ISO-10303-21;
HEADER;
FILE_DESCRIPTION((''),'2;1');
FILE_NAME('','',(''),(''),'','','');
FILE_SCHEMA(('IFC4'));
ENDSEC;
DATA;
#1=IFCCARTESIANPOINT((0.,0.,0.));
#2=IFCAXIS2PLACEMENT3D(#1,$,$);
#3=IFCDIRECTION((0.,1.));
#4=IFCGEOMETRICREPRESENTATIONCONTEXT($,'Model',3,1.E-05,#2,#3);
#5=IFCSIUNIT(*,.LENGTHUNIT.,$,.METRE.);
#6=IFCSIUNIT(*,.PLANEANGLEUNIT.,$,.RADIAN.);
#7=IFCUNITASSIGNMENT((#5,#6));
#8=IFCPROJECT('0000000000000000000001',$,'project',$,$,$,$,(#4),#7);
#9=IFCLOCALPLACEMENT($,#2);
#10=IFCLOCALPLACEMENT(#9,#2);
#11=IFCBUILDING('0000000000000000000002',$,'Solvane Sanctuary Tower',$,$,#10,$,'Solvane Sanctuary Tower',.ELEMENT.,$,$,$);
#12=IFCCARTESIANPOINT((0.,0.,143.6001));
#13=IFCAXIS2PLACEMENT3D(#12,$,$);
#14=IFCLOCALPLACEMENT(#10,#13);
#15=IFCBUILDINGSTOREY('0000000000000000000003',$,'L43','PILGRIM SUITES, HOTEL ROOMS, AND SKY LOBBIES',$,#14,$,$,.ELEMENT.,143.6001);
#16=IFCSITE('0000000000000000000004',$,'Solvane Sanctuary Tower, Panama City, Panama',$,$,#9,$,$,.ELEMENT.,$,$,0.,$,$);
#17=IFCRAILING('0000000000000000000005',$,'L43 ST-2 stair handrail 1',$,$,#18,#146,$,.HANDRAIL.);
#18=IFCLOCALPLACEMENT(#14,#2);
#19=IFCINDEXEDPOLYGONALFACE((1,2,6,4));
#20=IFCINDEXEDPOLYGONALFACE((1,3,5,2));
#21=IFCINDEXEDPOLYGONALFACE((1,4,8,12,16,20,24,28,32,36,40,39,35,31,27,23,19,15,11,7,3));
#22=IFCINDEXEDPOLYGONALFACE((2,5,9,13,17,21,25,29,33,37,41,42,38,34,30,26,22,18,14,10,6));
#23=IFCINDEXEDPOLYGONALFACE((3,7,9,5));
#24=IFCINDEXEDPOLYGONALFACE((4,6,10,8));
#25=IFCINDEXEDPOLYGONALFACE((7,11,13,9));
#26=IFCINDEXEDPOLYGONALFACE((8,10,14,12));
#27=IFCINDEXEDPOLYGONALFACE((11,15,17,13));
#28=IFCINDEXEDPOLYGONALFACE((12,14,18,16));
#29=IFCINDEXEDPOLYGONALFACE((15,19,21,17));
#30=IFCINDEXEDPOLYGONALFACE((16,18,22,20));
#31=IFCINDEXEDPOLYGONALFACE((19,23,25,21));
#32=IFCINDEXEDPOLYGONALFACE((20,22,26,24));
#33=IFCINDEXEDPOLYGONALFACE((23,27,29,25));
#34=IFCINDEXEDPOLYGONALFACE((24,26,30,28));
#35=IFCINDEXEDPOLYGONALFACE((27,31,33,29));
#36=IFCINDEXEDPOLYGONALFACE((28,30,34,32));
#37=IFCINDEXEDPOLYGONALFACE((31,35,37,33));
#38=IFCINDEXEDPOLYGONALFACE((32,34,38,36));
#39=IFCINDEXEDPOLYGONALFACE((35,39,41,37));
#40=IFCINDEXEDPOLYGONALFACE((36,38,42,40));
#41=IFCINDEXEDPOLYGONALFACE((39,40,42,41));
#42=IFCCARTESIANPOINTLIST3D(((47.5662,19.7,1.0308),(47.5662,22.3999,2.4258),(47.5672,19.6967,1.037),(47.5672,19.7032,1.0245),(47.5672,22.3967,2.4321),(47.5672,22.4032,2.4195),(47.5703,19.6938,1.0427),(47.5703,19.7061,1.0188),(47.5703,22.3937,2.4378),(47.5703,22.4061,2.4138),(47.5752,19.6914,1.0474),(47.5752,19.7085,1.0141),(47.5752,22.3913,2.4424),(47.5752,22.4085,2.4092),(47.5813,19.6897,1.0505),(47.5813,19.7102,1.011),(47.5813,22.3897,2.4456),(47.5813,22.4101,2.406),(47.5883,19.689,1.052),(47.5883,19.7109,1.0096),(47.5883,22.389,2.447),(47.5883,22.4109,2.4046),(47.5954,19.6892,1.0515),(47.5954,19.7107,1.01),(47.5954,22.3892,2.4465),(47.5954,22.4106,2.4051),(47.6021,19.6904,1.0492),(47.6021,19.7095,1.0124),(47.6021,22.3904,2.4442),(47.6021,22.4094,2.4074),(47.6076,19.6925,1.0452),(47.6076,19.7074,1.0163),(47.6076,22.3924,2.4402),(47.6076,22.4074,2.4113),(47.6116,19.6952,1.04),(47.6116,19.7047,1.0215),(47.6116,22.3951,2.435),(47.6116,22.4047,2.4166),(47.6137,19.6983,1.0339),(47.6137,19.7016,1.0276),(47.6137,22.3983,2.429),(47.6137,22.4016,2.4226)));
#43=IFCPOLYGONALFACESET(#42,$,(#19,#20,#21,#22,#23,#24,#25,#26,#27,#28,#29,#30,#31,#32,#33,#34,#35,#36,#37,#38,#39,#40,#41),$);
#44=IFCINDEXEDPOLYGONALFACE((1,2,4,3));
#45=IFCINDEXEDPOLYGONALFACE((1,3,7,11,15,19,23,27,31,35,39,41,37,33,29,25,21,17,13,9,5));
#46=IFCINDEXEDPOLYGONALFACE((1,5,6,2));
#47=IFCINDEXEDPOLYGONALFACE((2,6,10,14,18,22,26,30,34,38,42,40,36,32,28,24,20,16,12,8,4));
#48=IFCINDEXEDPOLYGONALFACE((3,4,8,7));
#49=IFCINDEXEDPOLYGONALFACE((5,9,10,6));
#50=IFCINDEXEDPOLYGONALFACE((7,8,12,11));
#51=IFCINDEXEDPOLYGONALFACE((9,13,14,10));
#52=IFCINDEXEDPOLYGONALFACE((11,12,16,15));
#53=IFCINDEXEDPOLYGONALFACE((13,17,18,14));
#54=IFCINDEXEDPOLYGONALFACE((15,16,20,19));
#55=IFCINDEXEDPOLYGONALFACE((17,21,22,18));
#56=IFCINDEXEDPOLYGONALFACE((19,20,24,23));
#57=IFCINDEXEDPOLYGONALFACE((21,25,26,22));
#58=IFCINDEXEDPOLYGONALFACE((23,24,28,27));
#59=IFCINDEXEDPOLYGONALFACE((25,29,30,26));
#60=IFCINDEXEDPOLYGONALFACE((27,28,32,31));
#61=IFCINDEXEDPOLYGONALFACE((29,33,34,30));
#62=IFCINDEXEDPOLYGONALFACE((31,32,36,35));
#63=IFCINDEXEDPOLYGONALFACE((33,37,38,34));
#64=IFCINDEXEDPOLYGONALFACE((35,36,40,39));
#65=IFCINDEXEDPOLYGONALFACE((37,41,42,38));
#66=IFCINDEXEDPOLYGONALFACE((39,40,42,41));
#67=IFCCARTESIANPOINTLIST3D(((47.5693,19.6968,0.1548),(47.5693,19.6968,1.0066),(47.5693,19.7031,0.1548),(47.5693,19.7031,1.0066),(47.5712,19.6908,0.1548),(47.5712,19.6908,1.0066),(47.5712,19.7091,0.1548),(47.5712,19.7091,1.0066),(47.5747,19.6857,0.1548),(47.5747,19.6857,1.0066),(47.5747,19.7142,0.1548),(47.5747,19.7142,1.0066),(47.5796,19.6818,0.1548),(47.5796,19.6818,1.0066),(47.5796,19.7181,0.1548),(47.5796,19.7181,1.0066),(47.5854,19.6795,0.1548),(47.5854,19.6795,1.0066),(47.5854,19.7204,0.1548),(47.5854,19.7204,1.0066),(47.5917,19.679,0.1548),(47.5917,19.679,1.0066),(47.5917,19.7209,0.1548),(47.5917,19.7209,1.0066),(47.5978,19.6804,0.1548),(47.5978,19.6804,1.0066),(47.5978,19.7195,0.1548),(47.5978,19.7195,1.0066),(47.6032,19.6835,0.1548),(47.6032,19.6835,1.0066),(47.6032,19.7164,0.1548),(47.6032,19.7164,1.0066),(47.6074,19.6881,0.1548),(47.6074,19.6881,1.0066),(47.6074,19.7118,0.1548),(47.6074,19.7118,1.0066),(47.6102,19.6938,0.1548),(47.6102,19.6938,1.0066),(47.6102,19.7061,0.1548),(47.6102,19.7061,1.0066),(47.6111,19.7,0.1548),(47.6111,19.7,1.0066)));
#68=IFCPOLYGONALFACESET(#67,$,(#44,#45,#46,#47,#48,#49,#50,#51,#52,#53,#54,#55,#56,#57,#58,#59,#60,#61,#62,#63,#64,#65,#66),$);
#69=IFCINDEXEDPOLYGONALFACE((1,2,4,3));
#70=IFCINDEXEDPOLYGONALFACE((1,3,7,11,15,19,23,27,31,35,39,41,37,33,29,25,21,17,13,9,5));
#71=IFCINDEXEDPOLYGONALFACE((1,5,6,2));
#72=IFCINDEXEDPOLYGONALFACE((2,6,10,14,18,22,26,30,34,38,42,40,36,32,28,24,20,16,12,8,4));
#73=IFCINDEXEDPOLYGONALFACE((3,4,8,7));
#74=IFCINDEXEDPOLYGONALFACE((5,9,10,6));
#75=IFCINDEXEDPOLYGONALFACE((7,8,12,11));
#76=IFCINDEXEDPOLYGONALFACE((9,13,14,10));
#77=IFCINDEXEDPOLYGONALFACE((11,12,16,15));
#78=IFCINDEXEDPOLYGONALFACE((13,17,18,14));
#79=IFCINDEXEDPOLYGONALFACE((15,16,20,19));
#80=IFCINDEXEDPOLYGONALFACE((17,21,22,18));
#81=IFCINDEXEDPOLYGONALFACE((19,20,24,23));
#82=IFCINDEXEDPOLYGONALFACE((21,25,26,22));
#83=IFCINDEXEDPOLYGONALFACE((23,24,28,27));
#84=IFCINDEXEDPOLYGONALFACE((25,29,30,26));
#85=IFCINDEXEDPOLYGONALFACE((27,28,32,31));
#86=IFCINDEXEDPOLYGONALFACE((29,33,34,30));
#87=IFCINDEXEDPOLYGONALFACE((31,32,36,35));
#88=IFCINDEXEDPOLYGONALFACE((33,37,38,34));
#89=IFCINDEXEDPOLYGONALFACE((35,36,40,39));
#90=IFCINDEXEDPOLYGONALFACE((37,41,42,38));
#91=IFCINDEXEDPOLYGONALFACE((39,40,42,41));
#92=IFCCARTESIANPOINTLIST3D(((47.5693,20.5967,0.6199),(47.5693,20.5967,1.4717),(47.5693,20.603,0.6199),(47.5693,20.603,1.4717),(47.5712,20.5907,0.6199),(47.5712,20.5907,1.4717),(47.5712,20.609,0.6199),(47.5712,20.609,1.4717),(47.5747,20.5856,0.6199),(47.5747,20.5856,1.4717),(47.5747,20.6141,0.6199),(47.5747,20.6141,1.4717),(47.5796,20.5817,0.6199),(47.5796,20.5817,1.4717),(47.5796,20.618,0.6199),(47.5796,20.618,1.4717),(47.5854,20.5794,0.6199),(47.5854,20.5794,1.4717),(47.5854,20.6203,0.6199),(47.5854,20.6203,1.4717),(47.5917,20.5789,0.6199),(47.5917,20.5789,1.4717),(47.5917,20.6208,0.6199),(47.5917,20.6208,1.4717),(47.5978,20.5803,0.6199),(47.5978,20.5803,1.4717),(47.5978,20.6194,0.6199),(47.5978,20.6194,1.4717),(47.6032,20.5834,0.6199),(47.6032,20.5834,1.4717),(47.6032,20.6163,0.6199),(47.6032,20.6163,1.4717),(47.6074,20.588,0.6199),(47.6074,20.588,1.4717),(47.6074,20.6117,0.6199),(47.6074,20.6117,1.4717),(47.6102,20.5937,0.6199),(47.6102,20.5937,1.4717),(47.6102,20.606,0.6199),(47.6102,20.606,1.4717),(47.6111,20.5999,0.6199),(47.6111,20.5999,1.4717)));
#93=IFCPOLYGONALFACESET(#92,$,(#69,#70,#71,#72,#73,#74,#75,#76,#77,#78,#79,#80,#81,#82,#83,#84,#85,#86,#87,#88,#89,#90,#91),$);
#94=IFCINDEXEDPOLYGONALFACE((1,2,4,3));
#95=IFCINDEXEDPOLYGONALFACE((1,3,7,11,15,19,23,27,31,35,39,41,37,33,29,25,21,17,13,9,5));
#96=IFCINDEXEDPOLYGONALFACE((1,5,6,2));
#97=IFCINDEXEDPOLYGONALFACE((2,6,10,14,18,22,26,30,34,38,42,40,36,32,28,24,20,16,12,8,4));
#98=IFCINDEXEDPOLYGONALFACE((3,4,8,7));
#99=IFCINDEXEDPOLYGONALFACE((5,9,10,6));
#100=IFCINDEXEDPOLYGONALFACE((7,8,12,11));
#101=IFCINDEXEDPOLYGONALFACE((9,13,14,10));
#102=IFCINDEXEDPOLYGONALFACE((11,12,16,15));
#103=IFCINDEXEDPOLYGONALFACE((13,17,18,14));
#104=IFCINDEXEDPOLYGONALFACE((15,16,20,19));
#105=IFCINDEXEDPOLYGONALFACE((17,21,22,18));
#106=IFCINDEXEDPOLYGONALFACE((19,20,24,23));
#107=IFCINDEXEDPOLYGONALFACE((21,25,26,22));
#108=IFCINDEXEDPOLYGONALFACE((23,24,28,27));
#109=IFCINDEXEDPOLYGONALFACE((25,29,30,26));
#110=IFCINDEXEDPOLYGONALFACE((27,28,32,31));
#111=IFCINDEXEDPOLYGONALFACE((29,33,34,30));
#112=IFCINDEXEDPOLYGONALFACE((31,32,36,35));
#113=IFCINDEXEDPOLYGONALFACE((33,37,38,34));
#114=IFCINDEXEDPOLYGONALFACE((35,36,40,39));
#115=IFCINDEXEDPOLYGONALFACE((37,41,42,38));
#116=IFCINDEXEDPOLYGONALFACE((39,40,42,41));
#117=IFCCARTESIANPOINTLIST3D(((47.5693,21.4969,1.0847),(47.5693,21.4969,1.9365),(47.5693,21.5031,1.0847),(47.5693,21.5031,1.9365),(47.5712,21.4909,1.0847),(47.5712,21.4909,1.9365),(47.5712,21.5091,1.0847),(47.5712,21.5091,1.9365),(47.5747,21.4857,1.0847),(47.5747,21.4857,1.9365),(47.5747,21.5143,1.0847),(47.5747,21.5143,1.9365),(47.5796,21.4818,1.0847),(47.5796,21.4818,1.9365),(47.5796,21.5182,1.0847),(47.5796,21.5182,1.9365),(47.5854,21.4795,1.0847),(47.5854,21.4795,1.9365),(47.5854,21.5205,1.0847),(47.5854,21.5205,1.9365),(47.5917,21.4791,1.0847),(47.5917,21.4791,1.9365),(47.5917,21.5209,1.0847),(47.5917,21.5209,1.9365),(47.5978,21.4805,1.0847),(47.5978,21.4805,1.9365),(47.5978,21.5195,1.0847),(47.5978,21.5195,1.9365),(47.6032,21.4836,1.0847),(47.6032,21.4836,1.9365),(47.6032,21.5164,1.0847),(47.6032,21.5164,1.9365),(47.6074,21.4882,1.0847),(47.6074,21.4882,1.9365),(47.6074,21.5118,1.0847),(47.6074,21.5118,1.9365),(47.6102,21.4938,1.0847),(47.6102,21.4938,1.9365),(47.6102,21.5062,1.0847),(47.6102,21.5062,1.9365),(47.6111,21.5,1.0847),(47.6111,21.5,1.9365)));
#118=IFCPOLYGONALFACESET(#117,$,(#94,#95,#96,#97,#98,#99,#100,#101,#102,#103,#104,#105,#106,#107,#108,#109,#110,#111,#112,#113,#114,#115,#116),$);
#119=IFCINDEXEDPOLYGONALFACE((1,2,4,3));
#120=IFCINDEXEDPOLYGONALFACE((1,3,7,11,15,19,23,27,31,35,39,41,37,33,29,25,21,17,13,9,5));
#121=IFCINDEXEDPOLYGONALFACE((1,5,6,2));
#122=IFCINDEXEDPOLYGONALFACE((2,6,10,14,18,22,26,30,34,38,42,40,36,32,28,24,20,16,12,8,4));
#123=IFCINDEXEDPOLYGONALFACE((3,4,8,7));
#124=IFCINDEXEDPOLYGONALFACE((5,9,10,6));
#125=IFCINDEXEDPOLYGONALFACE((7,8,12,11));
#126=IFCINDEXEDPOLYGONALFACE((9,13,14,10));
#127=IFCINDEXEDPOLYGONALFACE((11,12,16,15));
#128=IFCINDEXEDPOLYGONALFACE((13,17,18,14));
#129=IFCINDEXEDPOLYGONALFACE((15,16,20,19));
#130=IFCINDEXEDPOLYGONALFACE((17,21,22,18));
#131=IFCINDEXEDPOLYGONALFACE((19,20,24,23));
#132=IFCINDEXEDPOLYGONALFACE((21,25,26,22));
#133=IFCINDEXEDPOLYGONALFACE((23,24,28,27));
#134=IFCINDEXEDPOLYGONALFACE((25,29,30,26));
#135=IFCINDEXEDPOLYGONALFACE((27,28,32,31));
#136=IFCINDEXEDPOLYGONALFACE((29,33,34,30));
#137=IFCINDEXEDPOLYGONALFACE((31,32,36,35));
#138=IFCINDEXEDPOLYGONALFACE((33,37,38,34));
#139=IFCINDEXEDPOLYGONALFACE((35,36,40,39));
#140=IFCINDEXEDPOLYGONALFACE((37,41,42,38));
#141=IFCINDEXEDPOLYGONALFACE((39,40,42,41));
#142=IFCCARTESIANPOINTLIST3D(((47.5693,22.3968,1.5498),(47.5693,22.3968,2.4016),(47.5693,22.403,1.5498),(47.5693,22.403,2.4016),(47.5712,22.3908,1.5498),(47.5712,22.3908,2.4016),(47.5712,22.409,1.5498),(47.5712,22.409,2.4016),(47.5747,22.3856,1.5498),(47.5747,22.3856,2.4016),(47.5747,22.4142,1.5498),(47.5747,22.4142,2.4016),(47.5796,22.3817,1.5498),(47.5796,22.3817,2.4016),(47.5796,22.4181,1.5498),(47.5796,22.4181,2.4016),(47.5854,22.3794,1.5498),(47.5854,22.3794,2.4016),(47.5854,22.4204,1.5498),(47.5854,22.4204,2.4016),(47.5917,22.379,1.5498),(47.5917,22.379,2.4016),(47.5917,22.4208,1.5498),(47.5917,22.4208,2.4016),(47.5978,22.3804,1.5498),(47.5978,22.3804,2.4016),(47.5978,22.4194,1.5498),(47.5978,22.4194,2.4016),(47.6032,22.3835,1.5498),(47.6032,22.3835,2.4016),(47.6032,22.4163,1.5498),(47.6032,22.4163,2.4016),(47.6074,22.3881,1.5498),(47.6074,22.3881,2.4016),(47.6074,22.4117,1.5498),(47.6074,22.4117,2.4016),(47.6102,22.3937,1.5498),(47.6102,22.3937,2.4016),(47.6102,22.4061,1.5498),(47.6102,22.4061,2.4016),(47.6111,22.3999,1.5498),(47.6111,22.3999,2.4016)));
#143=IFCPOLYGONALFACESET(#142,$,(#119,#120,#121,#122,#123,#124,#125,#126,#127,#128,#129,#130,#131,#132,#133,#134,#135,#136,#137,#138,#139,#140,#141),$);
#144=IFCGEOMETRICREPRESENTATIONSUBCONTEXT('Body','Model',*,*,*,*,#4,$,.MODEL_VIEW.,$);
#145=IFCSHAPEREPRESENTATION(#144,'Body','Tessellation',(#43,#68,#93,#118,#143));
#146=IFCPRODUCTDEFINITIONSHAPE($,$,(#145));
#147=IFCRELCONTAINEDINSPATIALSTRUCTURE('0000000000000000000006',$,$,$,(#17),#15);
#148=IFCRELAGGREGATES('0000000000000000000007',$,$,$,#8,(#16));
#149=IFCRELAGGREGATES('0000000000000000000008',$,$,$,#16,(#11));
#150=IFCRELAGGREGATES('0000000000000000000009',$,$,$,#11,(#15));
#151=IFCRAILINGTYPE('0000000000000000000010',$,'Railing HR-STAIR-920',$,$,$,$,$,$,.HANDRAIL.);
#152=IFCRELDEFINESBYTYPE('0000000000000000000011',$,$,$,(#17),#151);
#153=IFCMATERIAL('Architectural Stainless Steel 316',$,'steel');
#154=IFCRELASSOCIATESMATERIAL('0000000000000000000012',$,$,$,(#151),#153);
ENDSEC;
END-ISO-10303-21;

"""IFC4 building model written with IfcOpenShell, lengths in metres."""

from ifc_helpers import new_model, si_unit, direction, frame, origin, origin_2d, place, context, subcontext, project, spatial, circle, extrude, material, type_object, element, save


model = new_model("IFC4")

# Units and contexts
model_context = context("Model", 3, precision=1e-05, world=origin(), true_north=direction((0.0, 1.0)))
body_context = subcontext(model_context, "Body", "Model", "MODEL_VIEW")
ifc_project = project(units=[si_unit("LENGTHUNIT", "METRE"), si_unit("PLANEANGLEUNIT", "RADIAN")], contexts=[model_context])

# Site, building, storey
site_placement = place(None, origin())
site = spatial("IfcSite", under=ifc_project, at=site_placement, Name="Solvane Sanctuary Tower, Panama City, Panama", CompositionType="ELEMENT", RefElevation=0.0)
building_placement = place(site_placement, origin())
building = spatial("IfcBuilding", under=site, at=building_placement, Name="Solvane Sanctuary Tower", LongName="Solvane Sanctuary Tower", CompositionType="ELEMENT")
storey_placement = place(building_placement, frame((0.0, 0.0, 143.6001)))
storey = spatial("IfcBuildingStorey", under=building, at=storey_placement, Name="L43", Description="PILGRIM SUITES, HOTEL ROOMS, AND SKY LOBBIES", CompositionType="ELEMENT", Elevation=143.6001)

# Shared definitions
ifc_material_1 = material(Name="Architectural Stainless Steel 316", Category="steel")

# Railing
railing_type_1 = type_object("IfcRailingType", Name="Railing HR-STAIR-920", PredefinedType="HANDRAIL", material=ifc_material_1)
railing_1_placement = place(storey_placement, frame((47.5901, 19.7, 0.1548)))
element("IfcRailing", 1, at=railing_1_placement, inside=storey, type_object=railing_type_1, Name="L43 ST-2 stair handrail 1", PredefinedType="HANDRAIL", context=body_context, shape_type="SweptSolid", body=[
    extrude(circle(Radius=0.0239, at=origin_2d()), frame((0.0, 0.0, 0.876), z_axis=(0.0, 0.88842, 0.459032), x_axis=(-1.0, 0.0, 0.0)), (0.0, 0.0, 1.0), 3.0391),
    extrude(circle(Radius=0.021, at=origin_2d()), origin(), (0.0, 0.0, 1.0), 0.8518),
    extrude(circle(Radius=0.021, at=origin_2d()), frame((0.0, 0.8999, 0.4651)), (0.0, 0.0, 1.0), 0.8518),
    extrude(circle(Radius=0.021, at=origin_2d()), frame((0.0, 1.8, 0.9299)), (0.0, 0.0, 1.0), 0.8518),
    extrude(circle(Radius=0.021, at=origin_2d()), frame((0.0, 2.7, 1.395)), (0.0, 0.0, 1.0), 0.8518),
])

save(model, "model.ifc")
